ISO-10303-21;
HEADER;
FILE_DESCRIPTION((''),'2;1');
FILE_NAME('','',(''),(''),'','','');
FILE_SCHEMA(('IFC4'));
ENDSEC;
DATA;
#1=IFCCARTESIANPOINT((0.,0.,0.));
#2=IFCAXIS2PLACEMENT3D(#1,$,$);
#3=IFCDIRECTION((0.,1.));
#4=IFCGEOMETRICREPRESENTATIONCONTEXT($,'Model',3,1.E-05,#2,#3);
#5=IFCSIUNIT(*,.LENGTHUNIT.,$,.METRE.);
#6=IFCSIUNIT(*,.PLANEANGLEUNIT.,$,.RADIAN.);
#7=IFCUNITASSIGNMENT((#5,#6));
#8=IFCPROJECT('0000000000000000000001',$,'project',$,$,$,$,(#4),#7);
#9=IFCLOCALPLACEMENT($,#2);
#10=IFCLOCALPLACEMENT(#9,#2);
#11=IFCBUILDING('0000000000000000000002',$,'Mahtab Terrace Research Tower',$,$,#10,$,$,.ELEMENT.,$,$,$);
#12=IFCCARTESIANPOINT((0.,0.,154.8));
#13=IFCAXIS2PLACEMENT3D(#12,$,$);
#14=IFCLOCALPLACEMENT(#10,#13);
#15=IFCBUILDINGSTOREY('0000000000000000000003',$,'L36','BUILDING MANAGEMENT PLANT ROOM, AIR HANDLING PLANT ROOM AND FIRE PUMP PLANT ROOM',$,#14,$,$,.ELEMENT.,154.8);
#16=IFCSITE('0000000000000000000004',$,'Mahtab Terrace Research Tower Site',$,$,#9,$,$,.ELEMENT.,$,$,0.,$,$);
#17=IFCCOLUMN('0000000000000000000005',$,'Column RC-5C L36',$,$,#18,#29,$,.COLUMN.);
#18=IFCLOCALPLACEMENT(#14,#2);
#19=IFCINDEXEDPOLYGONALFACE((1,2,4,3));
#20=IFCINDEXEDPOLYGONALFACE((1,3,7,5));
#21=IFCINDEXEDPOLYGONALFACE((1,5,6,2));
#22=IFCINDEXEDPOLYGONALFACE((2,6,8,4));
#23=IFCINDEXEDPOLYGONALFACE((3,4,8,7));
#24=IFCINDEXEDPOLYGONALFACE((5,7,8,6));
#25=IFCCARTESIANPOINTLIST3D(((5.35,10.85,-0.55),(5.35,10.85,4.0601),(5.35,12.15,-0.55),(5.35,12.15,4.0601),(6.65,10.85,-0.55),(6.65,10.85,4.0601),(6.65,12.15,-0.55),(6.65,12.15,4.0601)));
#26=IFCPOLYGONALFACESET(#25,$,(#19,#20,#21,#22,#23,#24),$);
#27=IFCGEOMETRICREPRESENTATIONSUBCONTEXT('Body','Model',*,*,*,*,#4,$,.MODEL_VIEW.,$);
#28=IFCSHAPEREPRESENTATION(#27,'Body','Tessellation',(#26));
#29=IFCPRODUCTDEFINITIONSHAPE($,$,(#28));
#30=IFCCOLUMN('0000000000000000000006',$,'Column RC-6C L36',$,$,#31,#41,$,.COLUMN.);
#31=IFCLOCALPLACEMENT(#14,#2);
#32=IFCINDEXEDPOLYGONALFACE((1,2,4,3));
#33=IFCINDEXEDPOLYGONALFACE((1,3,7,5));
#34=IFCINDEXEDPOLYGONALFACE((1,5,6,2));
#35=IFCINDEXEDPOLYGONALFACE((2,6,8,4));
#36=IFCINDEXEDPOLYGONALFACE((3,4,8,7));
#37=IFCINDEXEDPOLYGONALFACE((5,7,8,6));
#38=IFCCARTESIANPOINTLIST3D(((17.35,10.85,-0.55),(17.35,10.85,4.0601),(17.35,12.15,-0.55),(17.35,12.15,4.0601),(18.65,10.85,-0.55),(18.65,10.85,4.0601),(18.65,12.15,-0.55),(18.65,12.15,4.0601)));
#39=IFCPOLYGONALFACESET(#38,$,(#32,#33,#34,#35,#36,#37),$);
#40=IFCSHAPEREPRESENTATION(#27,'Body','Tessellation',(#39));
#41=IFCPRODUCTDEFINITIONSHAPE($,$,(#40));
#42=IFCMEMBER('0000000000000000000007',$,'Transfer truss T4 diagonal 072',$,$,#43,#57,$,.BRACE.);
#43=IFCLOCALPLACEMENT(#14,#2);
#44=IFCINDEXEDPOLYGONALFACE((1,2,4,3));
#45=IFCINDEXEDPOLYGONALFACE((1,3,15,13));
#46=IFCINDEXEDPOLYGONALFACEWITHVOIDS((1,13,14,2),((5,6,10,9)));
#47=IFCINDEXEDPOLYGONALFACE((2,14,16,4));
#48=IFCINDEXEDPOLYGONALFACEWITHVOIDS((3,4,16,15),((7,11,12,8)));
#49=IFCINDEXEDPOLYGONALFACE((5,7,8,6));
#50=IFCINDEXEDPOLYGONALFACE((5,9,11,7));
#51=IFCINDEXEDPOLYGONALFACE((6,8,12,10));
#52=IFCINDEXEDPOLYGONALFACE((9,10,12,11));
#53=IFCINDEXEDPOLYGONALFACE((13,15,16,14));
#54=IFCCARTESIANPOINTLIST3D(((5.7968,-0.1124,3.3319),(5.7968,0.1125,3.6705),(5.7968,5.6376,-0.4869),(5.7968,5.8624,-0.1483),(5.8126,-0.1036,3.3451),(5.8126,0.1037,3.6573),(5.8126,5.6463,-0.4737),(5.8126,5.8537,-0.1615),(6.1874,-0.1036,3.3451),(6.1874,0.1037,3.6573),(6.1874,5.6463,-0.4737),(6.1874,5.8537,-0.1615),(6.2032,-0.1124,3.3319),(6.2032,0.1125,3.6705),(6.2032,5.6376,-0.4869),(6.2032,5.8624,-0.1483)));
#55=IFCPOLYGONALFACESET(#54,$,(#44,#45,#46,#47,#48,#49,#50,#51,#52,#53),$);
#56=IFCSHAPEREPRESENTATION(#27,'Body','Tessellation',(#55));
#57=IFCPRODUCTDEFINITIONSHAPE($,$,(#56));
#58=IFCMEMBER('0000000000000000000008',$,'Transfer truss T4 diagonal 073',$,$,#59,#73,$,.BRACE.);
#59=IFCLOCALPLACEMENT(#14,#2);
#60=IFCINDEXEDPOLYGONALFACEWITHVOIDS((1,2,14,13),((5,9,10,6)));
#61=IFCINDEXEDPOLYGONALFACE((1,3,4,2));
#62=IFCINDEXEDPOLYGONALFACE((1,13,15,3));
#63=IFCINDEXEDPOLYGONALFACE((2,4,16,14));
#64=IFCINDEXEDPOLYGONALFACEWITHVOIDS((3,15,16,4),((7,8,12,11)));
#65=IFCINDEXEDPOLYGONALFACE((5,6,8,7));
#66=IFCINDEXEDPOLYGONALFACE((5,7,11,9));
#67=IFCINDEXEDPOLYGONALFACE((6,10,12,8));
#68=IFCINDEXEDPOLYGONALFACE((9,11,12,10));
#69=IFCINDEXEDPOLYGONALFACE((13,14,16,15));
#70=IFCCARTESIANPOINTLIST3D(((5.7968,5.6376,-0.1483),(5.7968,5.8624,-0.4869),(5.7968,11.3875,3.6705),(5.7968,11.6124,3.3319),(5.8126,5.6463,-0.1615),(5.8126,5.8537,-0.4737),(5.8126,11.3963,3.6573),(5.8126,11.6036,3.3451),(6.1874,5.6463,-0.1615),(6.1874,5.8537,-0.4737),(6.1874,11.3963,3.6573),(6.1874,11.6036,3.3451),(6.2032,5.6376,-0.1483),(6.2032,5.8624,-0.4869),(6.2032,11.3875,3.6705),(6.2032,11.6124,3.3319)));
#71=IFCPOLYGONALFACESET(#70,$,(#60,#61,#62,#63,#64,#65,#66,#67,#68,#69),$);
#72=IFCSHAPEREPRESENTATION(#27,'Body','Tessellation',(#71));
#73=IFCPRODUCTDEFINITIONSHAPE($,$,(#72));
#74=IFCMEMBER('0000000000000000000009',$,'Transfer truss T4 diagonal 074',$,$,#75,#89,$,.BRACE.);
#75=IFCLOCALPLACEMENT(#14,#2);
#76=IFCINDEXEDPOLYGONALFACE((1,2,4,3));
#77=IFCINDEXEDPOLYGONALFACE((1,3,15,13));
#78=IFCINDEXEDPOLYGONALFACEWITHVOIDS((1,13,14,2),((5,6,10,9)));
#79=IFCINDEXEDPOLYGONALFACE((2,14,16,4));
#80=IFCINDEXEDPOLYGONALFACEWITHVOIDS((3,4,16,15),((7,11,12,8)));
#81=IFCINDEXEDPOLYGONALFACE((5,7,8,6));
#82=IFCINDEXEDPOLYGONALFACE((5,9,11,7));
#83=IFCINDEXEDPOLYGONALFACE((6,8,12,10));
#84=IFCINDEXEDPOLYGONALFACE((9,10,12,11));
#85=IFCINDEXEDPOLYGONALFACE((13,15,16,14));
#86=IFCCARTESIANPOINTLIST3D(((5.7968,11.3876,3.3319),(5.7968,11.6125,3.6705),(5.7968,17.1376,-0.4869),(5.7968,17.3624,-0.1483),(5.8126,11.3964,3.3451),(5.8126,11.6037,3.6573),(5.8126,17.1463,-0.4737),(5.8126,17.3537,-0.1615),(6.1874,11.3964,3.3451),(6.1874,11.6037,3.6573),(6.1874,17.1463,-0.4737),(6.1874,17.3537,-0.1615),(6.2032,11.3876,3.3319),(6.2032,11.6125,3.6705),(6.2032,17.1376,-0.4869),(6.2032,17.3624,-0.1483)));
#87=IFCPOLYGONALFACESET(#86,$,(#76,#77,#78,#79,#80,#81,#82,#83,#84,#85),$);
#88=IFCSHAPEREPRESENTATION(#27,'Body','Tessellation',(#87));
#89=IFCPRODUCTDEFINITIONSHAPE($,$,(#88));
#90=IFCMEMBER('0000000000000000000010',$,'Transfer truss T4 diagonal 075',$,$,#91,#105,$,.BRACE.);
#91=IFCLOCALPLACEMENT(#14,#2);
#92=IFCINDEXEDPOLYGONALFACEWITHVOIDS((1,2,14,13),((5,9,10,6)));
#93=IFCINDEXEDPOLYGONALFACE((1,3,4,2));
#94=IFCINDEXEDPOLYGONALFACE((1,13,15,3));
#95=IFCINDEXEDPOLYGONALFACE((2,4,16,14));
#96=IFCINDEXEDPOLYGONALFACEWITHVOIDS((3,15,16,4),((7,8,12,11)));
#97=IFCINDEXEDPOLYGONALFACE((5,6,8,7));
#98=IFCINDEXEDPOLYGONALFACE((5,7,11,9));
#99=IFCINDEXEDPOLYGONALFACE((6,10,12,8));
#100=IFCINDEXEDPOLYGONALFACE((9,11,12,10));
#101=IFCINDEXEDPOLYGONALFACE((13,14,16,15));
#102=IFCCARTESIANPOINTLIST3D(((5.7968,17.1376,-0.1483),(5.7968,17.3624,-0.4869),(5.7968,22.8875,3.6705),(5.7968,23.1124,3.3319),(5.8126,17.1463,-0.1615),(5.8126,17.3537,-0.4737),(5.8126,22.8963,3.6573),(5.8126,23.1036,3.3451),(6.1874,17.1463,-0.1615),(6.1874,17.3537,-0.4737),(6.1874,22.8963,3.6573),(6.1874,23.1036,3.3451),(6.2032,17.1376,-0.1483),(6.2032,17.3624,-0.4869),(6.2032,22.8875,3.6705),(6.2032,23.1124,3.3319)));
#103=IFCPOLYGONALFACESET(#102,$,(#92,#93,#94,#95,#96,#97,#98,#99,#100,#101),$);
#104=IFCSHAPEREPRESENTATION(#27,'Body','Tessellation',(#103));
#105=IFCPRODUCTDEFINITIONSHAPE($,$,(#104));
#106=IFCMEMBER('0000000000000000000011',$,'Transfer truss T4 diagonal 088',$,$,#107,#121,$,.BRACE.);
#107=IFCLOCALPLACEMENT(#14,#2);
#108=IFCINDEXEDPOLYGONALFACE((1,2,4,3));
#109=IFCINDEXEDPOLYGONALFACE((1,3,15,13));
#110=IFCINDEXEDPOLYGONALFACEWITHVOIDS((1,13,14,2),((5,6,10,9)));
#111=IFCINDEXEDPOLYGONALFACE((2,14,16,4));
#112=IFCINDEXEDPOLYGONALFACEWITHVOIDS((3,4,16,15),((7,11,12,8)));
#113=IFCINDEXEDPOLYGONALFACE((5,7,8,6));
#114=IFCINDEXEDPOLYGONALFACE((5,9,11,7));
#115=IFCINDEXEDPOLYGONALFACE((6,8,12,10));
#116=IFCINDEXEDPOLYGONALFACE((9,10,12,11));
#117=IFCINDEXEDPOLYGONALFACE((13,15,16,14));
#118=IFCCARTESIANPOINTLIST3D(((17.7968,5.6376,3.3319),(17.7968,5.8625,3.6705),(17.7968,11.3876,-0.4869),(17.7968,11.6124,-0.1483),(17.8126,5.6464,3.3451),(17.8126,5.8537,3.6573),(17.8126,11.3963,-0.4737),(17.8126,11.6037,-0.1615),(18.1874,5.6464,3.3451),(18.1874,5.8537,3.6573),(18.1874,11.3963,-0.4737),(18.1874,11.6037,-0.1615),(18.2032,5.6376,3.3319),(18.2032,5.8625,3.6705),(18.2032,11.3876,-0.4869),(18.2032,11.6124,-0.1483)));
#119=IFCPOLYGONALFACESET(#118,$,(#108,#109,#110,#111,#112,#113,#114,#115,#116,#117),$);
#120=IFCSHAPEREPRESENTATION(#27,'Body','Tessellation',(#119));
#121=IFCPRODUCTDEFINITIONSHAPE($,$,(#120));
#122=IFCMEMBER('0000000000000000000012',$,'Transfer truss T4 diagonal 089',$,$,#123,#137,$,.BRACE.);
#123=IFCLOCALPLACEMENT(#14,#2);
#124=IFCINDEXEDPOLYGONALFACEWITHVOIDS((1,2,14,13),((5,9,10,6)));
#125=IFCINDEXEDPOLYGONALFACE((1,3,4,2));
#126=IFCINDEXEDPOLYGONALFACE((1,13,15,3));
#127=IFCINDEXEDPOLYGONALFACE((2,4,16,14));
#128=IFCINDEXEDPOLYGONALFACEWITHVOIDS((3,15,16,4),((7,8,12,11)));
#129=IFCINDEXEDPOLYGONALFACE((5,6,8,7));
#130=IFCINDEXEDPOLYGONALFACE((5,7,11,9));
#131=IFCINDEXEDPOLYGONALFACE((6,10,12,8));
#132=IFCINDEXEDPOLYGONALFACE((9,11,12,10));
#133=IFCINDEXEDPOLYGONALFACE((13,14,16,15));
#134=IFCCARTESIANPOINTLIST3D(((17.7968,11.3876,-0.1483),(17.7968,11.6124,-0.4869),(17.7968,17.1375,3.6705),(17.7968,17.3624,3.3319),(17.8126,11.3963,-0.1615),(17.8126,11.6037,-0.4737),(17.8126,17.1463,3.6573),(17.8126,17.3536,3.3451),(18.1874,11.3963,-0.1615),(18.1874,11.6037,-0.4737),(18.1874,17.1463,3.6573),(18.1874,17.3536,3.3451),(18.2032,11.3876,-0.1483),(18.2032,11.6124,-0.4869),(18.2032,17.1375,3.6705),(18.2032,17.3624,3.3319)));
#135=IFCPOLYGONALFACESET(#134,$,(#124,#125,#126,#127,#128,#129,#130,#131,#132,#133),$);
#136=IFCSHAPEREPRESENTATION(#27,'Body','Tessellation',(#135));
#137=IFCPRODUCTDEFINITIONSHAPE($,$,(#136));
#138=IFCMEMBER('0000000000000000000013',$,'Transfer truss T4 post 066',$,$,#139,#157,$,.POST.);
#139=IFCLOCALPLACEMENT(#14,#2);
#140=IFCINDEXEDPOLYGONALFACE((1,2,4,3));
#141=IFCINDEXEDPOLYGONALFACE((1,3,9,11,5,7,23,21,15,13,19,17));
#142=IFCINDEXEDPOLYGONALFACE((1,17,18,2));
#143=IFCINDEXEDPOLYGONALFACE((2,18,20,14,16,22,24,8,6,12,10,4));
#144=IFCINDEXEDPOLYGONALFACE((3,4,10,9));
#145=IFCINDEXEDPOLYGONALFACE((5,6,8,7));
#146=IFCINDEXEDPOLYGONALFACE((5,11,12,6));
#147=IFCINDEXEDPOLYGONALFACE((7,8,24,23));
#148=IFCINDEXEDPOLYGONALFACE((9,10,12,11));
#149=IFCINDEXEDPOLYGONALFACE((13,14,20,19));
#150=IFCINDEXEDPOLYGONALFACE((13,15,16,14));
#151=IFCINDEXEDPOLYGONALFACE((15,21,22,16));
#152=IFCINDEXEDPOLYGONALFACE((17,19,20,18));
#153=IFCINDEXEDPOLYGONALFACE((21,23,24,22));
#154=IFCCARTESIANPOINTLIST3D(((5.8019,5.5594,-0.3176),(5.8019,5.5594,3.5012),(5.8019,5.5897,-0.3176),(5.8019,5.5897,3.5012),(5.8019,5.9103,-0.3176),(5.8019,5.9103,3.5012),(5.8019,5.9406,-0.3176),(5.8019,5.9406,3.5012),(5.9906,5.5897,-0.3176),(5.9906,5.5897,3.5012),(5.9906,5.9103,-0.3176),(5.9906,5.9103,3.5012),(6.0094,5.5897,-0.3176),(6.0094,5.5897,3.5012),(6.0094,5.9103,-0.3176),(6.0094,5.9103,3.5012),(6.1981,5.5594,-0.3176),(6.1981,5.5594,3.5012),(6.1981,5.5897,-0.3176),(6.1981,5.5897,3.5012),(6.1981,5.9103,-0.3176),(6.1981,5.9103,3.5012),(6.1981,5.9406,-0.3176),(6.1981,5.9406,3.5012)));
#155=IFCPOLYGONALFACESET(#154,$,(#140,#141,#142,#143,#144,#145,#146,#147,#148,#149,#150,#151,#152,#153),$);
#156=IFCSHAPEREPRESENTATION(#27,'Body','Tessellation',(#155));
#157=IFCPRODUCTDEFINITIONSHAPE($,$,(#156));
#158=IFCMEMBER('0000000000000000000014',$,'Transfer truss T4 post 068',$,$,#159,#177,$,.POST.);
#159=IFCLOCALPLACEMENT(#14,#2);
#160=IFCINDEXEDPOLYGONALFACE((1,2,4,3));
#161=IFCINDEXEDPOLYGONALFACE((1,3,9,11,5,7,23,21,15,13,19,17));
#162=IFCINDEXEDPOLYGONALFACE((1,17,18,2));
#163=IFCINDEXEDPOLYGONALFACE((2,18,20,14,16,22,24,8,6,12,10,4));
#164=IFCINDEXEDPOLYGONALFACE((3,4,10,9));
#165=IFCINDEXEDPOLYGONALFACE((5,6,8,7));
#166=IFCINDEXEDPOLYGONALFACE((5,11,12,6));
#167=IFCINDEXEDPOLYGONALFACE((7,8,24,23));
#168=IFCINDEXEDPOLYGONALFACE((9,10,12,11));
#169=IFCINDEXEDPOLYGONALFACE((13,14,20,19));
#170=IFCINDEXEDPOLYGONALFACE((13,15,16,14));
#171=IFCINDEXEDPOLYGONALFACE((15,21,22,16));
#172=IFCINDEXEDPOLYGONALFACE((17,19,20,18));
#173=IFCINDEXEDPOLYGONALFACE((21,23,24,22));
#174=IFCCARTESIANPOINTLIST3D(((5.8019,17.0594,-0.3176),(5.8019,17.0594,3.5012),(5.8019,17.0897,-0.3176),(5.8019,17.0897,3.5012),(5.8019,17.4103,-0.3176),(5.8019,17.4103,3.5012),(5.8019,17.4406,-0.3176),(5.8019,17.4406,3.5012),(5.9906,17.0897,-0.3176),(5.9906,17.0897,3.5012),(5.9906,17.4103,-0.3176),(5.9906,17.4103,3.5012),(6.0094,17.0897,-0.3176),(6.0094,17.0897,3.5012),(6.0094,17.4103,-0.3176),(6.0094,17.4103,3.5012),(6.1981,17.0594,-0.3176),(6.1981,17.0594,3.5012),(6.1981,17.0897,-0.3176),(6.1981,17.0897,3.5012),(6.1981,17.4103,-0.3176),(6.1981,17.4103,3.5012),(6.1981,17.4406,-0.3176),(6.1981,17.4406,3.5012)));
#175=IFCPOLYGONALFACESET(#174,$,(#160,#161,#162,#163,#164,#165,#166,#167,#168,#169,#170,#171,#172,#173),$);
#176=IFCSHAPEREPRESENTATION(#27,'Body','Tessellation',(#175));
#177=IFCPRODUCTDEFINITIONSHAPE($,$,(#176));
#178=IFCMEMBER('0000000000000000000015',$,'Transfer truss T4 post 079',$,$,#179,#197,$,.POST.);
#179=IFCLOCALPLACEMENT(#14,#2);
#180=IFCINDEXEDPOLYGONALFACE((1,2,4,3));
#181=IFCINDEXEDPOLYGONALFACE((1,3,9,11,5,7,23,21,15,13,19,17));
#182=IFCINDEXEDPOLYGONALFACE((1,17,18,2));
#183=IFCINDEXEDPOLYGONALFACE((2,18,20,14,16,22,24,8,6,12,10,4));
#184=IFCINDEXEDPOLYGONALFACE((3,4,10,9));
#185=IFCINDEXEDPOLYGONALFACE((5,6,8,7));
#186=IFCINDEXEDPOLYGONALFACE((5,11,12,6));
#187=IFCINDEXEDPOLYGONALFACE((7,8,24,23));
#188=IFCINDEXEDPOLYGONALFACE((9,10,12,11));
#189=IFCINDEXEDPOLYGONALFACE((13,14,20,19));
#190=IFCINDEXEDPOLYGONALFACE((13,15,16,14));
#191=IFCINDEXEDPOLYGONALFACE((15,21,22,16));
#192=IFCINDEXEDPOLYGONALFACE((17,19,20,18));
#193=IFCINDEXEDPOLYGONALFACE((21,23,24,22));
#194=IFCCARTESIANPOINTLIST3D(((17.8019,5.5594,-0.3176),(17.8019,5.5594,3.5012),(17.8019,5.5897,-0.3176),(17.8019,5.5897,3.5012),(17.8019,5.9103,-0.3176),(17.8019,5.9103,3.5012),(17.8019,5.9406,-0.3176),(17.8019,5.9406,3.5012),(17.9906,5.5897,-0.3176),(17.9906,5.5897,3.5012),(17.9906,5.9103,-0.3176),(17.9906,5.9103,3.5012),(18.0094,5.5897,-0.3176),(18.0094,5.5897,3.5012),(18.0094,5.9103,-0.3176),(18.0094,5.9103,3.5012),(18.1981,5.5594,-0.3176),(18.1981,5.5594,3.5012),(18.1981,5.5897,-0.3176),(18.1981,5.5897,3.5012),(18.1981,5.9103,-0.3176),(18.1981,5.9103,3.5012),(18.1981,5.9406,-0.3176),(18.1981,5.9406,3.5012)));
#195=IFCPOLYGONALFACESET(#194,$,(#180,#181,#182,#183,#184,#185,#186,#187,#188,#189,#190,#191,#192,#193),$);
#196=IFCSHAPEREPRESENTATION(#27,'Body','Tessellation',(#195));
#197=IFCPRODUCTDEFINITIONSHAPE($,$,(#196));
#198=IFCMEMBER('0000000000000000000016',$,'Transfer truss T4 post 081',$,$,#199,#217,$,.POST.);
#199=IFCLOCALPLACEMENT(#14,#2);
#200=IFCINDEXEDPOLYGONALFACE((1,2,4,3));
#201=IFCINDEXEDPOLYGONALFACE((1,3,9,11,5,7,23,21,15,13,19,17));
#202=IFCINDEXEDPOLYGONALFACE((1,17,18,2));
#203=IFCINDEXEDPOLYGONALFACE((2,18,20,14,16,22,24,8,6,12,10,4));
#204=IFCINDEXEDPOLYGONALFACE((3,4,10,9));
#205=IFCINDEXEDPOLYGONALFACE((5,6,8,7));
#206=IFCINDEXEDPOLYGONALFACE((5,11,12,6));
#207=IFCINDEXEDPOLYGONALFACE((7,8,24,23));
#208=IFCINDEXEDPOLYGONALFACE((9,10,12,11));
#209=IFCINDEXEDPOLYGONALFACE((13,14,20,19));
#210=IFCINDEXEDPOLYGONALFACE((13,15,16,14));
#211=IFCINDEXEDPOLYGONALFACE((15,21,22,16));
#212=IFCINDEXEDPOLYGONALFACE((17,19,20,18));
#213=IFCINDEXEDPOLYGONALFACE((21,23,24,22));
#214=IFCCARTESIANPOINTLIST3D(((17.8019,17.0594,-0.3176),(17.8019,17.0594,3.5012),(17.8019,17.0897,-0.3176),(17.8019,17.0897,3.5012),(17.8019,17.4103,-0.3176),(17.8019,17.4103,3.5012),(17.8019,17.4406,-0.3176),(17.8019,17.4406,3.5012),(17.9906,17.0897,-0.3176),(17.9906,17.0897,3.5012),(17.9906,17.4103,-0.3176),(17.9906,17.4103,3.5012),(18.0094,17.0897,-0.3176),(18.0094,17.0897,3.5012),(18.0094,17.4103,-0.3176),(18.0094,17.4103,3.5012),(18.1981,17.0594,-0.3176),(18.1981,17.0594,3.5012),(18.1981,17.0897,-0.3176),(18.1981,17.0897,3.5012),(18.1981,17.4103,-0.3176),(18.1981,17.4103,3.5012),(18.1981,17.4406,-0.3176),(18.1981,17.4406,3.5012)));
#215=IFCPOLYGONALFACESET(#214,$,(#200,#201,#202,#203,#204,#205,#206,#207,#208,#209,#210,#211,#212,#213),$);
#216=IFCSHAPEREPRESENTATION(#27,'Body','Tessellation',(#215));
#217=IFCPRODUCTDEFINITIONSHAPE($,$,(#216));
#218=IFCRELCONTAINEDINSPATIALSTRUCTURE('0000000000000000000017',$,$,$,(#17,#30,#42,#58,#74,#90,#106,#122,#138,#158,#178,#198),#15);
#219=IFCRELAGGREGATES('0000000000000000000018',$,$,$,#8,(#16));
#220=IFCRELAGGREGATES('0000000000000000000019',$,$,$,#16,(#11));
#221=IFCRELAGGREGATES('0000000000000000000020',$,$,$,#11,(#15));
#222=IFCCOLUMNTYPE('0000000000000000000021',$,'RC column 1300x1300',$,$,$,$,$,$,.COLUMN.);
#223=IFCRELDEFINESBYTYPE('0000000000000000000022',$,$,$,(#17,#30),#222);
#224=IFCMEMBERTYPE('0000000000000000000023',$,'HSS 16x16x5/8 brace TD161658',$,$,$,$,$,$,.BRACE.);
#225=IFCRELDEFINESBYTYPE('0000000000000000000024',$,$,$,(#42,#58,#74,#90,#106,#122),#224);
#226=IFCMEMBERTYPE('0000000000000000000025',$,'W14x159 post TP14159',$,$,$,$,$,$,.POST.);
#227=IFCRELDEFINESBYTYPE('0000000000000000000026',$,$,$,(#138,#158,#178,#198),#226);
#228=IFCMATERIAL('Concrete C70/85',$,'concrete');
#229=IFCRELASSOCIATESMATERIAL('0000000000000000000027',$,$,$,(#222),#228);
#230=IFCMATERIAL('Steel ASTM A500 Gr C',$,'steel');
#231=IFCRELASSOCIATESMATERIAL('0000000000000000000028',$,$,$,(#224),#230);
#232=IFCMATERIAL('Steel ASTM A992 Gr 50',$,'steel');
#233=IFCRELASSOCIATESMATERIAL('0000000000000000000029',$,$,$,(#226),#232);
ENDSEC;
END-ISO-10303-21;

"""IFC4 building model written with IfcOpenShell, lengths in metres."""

from ifc_helpers import new_model, si_unit, direction, frame, origin, origin_2d, place, context, subcontext, project, spatial, rectangle, hollow_rectangle, i_section, extrude, material, material_profile, profile_set, type_object, element, save


model = new_model("IFC4")

# Units and contexts
model_context = context("Model", 3, precision=1e-05, world=origin(), true_north=direction((0.0, 1.0)))
body_context = subcontext(model_context, "Body", "Model", "MODEL_VIEW")
ifc_project = project(units=[si_unit("LENGTHUNIT", "METRE"), si_unit("PLANEANGLEUNIT", "RADIAN")], contexts=[model_context])

# Site, building, storey
site_placement = place(None, origin())
site = spatial("IfcSite", under=ifc_project, at=site_placement, Name="Mahtab Terrace Research Tower Site", CompositionType="ELEMENT", RefElevation=0.0)
building_placement = place(site_placement, origin())
building = spatial("IfcBuilding", under=site, at=building_placement, Name="Mahtab Terrace Research Tower", CompositionType="ELEMENT")
storey_placement = place(building_placement, frame((0.0, 0.0, 154.8)))
storey = spatial("IfcBuildingStorey", under=building, at=storey_placement, Name="L36", Description="BUILDING MANAGEMENT PLANT ROOM, AIR HANDLING PLANT ROOM AND FIRE PUMP PLANT ROOM", CompositionType="ELEMENT", Elevation=154.8)

# Columns
ifc_material_1 = material(Name="Concrete C70/85", Category="concrete")
ifc_material_profile_1 = material_profile(ifc_material_1, rectangle(XDim=1.3, YDim=1.3, at=origin_2d()), Name="RC column 1300x1300")
ifc_profile_set_1 = profile_set([ifc_material_profile_1], Name="Concrete C70/85")
column_type = type_object("IfcColumnType", Name="RC column 1300x1300", PredefinedType="COLUMN", material=ifc_profile_set_1)
for number, where, z_axis, x_axis, name in (
    (1, (6.0, 11.5, -0.55), (0.0, 0.0, 1.0), (1.0, 0.0, 0.0), "Column RC-5C L36"),
    (2, (18.0, 11.5, -0.55), (0.0, 0.0, 1.0), (1.0, 0.0, 0.0), "Column RC-6C L36"),
):
    element("IfcColumn", number, at=place(storey_placement, frame(where, z_axis=z_axis, x_axis=x_axis)), inside=storey, type_object=column_type, Name=name, PredefinedType="COLUMN", context=body_context, shape_type="SweptSolid", body=[
        extrude(rectangle(XDim=1.3, YDim=1.3, at=origin_2d()), origin(), (0.0, 0.0, 1.0), 4.6101),
    ])

# Members
ifc_material_2 = material(Name="Steel ASTM A500 Gr C", Category="steel")
ifc_material_profile_2 = material_profile(ifc_material_2, hollow_rectangle(XDim=0.4065, YDim=0.4065, WallThickness=0.0159, at=origin_2d()), Name="HSS16X16X5/8")
ifc_profile_set_2 = profile_set([ifc_material_profile_2], Name="Steel ASTM A500 Gr C")
member_type_1 = type_object("IfcMemberType", Name="HSS 16x16x5/8 brace TD161658", PredefinedType="BRACE", material=ifc_profile_set_2)
for number, where, z_axis, x_axis, name in (
    (3, (6.0, 5.75, -0.3176), (0.0, -0.833018, 0.553246), (1.0, 0.0, 0.0), "Transfer truss T4 diagonal 072"),
    (4, (6.0, 5.75, -0.3176), (0.0, 0.833018, 0.553246), (-1.0, 0.0, 0.0), "Transfer truss T4 diagonal 073"),
    (5, (6.0, 17.25, -0.3176), (0.0, -0.833018, 0.553246), (1.0, 0.0, 0.0), "Transfer truss T4 diagonal 074"),
    (6, (6.0, 17.25, -0.3176), (0.0, 0.833018, 0.553246), (-1.0, 0.0, 0.0), "Transfer truss T4 diagonal 075"),
    (7, (18.0, 11.5, -0.3176), (0.0, -0.833018, 0.553246), (1.0, 0.0, 0.0), "Transfer truss T4 diagonal 088"),
    (8, (18.0, 11.5, -0.3176), (0.0, 0.833018, 0.553246), (-1.0, 0.0, 0.0), "Transfer truss T4 diagonal 089"),
):
    element("IfcMember", number, at=place(storey_placement, frame(where, z_axis=z_axis, x_axis=x_axis)), inside=storey, type_object=member_type_1, Name=name, PredefinedType="BRACE", context=body_context, shape_type="SweptSolid", body=[
        extrude(hollow_rectangle(XDim=0.4065, YDim=0.4065, WallThickness=0.0159, at=origin_2d()), origin(), (0.0, 0.0, 1.0), 6.9026),
    ])
ifc_material_3 = material(Name="Steel ASTM A992 Gr 50", Category="steel")
ifc_material_profile_3 = material_profile(ifc_material_3, i_section(OverallWidth=0.3962, OverallDepth=0.3811, WebThickness=0.0188, FlangeThickness=0.0303, at=origin_2d()), Name="W14X159")
ifc_profile_set_3 = profile_set([ifc_material_profile_3], Name="Steel ASTM A992 Gr 50")
member_type_2 = type_object("IfcMemberType", Name="W14x159 post TP14159", PredefinedType="POST", material=ifc_profile_set_3)
for number, where, z_axis, x_axis, name in (
    (9, (6.0, 5.75, -0.3176), (0.0, 0.0, 1.0), (1.0, 0.0, 0.0), "Transfer truss T4 post 066"),
    (10, (6.0, 17.25, -0.3176), (0.0, 0.0, 1.0), (1.0, 0.0, 0.0), "Transfer truss T4 post 068"),
    (11, (18.0, 5.75, -0.3176), (0.0, 0.0, 1.0), (1.0, 0.0, 0.0), "Transfer truss T4 post 079"),
    (12, (18.0, 17.25, -0.3176), (0.0, 0.0, 1.0), (1.0, 0.0, 0.0), "Transfer truss T4 post 081"),
):
    element("IfcMember", number, at=place(storey_placement, frame(where, z_axis=z_axis, x_axis=x_axis)), inside=storey, type_object=member_type_2, Name=name, PredefinedType="POST", context=body_context, shape_type="SweptSolid", body=[
        extrude(i_section(OverallWidth=0.3962, OverallDepth=0.3811, WebThickness=0.0188, FlangeThickness=0.0303, at=origin_2d()), origin(), (0.0, 0.0, 1.0), 3.8188),
    ])

save(model, "model.ifc")
